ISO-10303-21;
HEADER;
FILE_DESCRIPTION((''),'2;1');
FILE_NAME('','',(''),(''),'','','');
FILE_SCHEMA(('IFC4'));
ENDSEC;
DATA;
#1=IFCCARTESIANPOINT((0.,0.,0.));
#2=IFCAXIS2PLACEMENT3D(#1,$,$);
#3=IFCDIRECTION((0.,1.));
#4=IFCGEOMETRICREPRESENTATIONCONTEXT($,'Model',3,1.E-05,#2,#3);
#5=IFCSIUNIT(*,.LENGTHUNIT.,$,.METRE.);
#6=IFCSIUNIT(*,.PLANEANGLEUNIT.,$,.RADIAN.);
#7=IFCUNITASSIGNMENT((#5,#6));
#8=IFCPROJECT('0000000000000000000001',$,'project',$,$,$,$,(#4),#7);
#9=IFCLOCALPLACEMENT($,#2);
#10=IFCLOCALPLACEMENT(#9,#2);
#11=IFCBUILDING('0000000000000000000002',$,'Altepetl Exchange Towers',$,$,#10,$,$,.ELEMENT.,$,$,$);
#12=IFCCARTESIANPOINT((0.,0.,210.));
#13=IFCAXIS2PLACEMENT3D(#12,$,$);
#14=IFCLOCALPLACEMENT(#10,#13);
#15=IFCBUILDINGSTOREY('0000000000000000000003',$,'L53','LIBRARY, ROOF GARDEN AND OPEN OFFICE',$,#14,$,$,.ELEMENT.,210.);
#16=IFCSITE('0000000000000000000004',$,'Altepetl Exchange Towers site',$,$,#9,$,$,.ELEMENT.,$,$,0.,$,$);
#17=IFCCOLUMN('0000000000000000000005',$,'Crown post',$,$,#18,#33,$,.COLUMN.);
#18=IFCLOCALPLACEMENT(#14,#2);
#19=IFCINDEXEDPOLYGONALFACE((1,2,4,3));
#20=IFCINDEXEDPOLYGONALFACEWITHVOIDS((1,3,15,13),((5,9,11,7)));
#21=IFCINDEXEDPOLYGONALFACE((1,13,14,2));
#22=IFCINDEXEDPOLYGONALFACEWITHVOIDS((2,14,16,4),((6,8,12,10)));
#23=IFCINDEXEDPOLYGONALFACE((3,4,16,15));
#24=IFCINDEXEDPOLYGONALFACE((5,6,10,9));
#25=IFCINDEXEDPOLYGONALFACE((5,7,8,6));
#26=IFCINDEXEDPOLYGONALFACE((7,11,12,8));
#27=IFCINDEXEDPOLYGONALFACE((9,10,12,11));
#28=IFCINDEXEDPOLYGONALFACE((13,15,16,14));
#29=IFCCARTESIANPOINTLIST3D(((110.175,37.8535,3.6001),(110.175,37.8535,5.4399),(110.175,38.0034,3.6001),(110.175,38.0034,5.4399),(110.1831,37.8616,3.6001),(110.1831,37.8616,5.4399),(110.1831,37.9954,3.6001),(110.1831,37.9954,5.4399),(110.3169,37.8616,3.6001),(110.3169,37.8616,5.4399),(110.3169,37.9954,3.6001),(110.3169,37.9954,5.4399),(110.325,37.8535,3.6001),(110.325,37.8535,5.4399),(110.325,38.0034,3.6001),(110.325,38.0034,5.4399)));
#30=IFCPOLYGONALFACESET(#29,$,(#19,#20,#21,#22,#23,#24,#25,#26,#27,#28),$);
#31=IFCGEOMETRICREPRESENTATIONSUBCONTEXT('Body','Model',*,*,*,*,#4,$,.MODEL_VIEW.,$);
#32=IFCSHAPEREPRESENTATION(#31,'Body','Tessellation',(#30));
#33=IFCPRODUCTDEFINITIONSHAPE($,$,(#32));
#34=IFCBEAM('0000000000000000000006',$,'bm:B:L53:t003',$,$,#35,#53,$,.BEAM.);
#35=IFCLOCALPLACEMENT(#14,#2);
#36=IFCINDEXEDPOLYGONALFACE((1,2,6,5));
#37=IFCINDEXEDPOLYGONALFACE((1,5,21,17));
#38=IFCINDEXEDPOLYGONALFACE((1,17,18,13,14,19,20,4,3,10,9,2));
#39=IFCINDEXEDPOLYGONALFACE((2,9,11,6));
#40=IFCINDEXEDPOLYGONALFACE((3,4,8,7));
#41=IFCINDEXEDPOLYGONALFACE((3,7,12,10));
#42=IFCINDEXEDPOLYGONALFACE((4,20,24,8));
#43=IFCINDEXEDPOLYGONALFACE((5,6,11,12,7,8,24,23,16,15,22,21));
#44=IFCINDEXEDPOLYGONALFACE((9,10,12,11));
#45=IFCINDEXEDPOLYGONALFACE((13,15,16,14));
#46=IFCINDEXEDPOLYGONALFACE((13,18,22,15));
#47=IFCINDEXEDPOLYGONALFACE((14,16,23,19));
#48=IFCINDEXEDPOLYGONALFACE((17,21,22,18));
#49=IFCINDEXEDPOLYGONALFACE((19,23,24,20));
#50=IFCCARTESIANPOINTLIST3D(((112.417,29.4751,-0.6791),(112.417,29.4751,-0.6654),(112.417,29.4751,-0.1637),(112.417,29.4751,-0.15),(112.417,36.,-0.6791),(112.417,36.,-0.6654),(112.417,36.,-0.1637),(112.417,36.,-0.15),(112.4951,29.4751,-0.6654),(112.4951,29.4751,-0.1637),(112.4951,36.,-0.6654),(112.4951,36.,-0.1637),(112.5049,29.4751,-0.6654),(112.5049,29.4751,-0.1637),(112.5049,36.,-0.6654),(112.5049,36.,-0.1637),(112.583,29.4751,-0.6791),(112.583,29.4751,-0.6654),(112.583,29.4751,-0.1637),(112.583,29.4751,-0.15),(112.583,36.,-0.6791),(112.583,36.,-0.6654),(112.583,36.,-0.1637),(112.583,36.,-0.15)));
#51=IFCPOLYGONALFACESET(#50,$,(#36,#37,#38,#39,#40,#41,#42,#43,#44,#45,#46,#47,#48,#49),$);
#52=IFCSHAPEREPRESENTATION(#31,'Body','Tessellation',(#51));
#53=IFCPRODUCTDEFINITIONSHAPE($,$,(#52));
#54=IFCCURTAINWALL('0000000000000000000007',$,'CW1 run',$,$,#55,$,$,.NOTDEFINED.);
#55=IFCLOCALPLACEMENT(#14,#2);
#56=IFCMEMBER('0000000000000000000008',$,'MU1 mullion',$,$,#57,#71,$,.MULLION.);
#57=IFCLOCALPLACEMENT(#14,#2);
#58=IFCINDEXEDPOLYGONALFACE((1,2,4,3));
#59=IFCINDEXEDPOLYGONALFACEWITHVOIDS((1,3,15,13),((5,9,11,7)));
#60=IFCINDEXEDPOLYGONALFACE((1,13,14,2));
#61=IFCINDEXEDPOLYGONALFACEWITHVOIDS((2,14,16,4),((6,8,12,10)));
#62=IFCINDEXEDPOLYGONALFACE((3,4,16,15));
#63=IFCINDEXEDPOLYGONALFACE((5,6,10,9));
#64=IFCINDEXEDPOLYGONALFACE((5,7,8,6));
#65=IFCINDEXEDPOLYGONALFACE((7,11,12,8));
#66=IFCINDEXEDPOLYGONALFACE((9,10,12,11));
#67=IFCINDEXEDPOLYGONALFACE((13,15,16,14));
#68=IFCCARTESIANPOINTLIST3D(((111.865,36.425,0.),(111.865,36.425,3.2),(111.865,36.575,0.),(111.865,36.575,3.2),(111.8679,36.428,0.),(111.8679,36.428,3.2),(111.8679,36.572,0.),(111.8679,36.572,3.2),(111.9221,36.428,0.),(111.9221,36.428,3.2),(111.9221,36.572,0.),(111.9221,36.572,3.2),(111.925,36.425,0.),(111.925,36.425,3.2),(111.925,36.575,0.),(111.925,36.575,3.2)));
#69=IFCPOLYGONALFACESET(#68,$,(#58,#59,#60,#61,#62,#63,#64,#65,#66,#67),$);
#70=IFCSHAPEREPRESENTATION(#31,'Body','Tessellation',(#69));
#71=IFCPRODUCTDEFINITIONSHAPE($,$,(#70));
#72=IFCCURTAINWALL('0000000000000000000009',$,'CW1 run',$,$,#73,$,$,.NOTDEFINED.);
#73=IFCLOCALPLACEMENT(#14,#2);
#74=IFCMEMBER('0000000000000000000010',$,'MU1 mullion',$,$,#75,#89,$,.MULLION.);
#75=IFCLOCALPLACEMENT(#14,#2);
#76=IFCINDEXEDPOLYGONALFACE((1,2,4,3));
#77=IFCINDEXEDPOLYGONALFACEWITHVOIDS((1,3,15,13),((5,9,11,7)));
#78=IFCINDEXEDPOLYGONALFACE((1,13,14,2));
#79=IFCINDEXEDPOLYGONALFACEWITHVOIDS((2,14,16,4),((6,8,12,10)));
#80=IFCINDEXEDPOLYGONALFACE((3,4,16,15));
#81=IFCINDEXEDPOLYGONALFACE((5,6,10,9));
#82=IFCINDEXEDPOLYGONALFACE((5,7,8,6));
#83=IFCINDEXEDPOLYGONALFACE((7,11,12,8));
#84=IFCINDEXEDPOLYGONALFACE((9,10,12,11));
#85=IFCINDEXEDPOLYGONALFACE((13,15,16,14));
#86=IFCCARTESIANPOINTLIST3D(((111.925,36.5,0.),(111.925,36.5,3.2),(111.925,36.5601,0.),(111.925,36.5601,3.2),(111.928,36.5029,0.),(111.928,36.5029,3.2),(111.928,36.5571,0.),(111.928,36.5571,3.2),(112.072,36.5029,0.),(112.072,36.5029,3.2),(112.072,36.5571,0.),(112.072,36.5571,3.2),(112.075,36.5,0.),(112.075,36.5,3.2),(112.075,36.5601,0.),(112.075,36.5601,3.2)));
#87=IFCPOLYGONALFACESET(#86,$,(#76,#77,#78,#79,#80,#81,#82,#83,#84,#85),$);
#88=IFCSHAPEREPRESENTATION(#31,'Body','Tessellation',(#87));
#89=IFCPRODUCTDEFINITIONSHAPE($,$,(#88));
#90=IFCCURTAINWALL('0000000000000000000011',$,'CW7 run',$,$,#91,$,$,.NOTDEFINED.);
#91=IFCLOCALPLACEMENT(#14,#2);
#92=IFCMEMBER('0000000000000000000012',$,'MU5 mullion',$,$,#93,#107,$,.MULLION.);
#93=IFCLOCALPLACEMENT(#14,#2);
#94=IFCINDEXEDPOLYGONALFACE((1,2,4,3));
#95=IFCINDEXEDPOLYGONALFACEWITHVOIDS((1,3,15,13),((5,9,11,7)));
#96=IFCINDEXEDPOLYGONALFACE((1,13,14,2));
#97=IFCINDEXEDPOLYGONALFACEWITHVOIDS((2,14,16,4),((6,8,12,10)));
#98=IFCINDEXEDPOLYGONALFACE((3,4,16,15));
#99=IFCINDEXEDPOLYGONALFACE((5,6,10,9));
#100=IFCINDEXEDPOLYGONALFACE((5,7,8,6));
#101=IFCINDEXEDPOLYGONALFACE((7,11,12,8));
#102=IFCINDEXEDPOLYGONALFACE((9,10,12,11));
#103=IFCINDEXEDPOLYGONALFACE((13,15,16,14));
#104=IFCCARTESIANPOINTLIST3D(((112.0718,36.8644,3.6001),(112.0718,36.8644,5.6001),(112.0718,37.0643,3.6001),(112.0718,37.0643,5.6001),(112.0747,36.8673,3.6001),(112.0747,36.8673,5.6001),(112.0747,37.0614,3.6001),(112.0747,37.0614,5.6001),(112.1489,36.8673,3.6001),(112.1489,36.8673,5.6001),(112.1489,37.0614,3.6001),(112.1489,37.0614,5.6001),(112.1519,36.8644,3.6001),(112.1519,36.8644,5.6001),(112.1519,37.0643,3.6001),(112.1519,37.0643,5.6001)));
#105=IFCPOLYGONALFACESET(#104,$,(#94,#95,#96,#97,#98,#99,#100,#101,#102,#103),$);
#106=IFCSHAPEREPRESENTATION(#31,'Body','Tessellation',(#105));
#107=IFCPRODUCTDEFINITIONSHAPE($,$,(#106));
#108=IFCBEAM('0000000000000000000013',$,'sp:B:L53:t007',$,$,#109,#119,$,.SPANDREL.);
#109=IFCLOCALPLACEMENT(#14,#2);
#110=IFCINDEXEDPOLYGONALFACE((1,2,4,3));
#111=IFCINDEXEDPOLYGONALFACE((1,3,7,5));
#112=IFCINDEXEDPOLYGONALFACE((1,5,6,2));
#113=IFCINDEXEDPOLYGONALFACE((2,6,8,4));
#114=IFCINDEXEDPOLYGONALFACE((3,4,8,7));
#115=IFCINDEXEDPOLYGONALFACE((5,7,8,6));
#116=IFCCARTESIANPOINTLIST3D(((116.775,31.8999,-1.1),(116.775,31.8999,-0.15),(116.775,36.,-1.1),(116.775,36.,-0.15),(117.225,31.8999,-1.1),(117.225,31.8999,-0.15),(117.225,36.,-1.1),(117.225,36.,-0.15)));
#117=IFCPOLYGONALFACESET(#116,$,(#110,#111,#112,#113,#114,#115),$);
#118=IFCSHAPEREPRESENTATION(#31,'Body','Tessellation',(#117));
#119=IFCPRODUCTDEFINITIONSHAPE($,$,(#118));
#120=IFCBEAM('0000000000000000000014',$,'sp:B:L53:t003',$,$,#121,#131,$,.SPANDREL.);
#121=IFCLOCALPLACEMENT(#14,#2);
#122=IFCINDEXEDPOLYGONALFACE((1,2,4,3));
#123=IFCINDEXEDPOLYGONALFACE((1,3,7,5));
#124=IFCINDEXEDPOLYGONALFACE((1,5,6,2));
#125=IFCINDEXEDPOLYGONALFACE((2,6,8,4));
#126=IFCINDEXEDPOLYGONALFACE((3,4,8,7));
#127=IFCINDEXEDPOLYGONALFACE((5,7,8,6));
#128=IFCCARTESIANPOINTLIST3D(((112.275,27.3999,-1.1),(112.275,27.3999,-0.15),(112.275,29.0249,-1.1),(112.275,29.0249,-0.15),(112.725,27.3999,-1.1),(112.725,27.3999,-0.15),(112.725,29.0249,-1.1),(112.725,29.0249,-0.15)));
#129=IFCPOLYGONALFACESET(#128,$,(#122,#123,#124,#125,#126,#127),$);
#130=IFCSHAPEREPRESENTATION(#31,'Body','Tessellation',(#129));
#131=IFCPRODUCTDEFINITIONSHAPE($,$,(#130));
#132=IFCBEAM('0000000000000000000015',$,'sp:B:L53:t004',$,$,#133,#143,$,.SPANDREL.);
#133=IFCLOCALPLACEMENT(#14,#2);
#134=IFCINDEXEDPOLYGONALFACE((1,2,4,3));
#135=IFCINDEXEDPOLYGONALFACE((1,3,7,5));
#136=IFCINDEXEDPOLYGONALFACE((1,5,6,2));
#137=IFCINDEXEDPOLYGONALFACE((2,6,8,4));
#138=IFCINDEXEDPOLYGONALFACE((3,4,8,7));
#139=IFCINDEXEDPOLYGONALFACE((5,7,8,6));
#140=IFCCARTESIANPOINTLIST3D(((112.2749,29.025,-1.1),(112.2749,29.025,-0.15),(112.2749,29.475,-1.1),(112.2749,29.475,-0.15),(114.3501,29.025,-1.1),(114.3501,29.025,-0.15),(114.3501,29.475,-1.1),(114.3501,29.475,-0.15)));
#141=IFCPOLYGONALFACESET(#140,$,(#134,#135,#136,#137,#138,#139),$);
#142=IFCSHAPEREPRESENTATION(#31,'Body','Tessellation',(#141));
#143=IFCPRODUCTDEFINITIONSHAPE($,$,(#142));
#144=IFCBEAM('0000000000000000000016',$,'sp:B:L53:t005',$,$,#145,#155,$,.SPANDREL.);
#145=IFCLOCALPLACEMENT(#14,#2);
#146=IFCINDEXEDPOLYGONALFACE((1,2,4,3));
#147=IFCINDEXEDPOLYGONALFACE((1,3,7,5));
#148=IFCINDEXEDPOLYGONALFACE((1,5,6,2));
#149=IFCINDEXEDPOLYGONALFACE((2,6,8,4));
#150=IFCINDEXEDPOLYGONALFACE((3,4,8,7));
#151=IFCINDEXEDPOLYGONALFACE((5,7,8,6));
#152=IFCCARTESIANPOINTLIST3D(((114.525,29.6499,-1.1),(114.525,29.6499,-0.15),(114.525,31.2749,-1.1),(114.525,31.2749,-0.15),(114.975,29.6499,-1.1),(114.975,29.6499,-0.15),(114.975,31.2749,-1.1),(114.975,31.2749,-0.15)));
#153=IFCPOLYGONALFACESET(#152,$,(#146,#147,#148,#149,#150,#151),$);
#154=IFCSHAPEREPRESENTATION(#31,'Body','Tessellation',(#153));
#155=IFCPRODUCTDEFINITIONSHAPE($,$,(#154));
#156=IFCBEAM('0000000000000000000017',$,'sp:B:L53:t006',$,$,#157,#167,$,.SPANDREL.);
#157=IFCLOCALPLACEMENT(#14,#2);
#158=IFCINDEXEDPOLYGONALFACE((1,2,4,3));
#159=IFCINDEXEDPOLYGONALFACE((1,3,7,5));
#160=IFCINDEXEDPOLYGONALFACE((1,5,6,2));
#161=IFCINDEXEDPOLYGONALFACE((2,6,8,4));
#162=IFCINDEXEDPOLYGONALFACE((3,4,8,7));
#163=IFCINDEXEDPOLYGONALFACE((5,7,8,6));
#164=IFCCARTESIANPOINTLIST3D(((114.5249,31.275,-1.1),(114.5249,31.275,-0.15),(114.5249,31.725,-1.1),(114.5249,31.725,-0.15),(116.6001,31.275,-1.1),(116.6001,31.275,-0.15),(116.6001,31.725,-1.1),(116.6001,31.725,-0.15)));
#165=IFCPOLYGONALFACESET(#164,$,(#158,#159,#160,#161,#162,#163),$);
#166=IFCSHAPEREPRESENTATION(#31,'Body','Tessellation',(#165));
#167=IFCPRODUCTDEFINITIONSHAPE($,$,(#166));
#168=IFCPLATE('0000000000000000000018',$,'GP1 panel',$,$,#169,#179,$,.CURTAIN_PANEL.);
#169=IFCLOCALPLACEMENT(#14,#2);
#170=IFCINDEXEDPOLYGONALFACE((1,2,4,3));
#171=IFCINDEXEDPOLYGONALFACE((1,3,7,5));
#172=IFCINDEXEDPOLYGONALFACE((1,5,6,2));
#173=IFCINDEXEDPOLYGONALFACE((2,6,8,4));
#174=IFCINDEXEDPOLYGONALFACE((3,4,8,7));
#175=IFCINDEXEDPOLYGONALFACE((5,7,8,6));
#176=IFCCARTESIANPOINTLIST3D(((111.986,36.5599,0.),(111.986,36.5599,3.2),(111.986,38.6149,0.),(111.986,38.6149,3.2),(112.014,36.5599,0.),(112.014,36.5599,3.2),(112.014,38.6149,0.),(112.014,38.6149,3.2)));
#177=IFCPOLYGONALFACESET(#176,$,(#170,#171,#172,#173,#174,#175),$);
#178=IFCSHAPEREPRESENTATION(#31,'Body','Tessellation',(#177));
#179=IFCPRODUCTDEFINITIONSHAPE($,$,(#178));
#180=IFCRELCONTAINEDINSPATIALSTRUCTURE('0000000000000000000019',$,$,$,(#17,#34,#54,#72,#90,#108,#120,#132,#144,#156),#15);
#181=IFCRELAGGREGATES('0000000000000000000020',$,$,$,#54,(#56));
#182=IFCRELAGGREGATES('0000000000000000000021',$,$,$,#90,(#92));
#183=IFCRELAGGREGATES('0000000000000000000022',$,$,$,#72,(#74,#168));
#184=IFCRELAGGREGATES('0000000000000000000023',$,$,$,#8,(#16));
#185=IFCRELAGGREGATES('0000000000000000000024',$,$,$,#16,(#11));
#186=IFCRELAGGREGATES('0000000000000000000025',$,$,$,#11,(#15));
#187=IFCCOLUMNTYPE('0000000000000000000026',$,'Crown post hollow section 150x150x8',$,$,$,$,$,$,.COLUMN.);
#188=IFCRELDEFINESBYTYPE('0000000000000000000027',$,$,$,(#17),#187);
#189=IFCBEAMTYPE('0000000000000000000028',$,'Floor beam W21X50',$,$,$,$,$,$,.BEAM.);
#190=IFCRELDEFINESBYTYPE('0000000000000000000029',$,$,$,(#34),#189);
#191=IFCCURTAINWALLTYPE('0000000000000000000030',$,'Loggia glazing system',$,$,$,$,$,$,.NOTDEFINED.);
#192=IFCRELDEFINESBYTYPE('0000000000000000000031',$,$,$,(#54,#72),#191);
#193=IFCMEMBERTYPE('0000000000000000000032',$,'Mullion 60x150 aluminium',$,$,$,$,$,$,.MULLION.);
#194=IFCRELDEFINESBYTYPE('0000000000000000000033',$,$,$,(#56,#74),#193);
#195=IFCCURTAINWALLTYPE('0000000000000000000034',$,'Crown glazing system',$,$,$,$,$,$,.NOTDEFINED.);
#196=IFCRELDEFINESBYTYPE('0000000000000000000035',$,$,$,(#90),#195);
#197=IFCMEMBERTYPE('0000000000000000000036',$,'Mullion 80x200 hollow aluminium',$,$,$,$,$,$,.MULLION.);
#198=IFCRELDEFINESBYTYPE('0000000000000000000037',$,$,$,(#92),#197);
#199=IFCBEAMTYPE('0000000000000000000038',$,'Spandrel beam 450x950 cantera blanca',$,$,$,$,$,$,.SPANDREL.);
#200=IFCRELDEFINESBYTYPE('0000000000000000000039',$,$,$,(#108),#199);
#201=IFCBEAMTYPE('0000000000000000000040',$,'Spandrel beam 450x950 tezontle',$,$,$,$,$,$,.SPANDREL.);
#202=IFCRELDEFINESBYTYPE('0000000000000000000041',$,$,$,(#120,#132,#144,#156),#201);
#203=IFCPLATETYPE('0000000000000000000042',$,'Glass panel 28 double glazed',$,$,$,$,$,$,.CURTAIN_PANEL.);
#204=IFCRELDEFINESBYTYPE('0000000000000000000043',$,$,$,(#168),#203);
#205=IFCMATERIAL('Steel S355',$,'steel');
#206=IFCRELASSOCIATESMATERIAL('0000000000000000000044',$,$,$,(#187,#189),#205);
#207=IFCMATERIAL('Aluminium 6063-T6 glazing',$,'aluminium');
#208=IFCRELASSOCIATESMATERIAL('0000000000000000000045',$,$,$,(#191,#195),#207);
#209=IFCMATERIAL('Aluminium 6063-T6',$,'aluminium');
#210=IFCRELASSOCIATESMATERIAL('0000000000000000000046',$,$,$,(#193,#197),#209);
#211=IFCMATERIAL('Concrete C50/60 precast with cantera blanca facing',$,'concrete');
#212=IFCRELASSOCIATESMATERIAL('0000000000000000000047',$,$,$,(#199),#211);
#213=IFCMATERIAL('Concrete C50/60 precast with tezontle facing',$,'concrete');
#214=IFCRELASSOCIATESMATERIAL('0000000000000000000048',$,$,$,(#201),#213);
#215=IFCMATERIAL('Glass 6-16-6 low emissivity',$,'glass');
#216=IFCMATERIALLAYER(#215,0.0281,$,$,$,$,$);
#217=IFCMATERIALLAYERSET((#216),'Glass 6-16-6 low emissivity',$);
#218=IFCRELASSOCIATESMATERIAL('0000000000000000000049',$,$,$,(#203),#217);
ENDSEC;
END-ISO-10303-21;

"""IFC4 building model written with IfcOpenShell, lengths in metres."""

from ifc_helpers import new_model, si_unit, direction, frame, origin, origin_2d, place, context, subcontext, project, spatial, rectangle, hollow_rectangle, i_section, extrude, material, layer, layer_set, material_profile, profile_set, type_object, element, aggregate, save


model = new_model("IFC4")

# Units and contexts
model_context = context("Model", 3, precision=1e-05, world=origin(), true_north=direction((0.0, 1.0)))
body_context = subcontext(model_context, "Body", "Model", "MODEL_VIEW")
ifc_project = project(units=[si_unit("LENGTHUNIT", "METRE"), si_unit("PLANEANGLEUNIT", "RADIAN")], contexts=[model_context])

# Site, building, storey
site_placement = place(None, origin())
site = spatial("IfcSite", under=ifc_project, at=site_placement, Name="Altepetl Exchange Towers site", CompositionType="ELEMENT", RefElevation=0.0)
building_placement = place(site_placement, origin())
building = spatial("IfcBuilding", under=site, at=building_placement, Name="Altepetl Exchange Towers", CompositionType="ELEMENT")
storey_placement = place(building_placement, frame((0.0, 0.0, 210.0)))
storey = spatial("IfcBuildingStorey", under=building, at=storey_placement, Name="L53", Description="LIBRARY, ROOF GARDEN AND OPEN OFFICE", CompositionType="ELEMENT", Elevation=210.0)

# Column
ifc_material_1 = material(Name="Steel S355", Category="steel")
ifc_material_profile_1 = material_profile(ifc_material_1, hollow_rectangle(XDim=0.1499, YDim=0.1499, WallThickness=0.0081, at=origin_2d()), Name="RHS 150x150x8")
ifc_profile_set_1 = profile_set([ifc_material_profile_1], Name="Steel S355")
column_type = type_object("IfcColumnType", Name="Crown post hollow section 150x150x8", PredefinedType="COLUMN", material=ifc_profile_set_1)
column_placement = place(storey_placement, frame((110.25, 37.9285, 3.6001)))
element("IfcColumn", 1, at=column_placement, inside=storey, type_object=column_type, Name="Crown post", PredefinedType="COLUMN", context=body_context, shape_type="SweptSolid", body=[
    extrude(hollow_rectangle(XDim=0.1499, YDim=0.1499, WallThickness=0.0081, at=origin_2d()), origin(), (0.0, 0.0, 1.0), 1.8398),
])

# Beam
ifc_material_profile_2 = material_profile(ifc_material_1, i_section(OverallWidth=0.166, OverallDepth=0.5291, WebThickness=0.0098, FlangeThickness=0.0137, at=origin_2d()), Name="W21X50")
ifc_profile_set_2 = profile_set([ifc_material_profile_2], Name="Steel S355")
beam_type_1 = type_object("IfcBeamType", Name="Floor beam W21X50", PredefinedType="BEAM", material=ifc_profile_set_2)
beam_1_placement = place(storey_placement, frame((112.5, 29.4751, -0.4146), z_axis=(0.0, 1.0, 0.0), x_axis=(-1.0, 0.0, 0.0)))
element("IfcBeam", 2, at=beam_1_placement, inside=storey, type_object=beam_type_1, Name="bm:B:L53:t003", PredefinedType="BEAM", context=body_context, shape_type="SweptSolid", body=[
    extrude(i_section(OverallWidth=0.166, OverallDepth=0.5291, WebThickness=0.0098, FlangeThickness=0.0137, at=origin_2d()), origin(), (0.0, 0.0, 1.0), 6.5249),
])

# Curtain walls, members
ifc_material_2 = material(Name="Aluminium 6063-T6 glazing", Category="aluminium")
curtain_wall_type_1 = type_object("IfcCurtainWallType", Name="Loggia glazing system", PredefinedType="NOTDEFINED", material=ifc_material_2)
curtain_wall_1_placement = place(storey_placement, origin())
curtain_wall_1 = element("IfcCurtainWall", 3, at=curtain_wall_1_placement, inside=storey, type_object=curtain_wall_type_1, Name="CW1 run", PredefinedType="NOTDEFINED")
ifc_material_3 = material(Name="Aluminium 6063-T6", Category="aluminium")
ifc_material_profile_3 = material_profile(ifc_material_3, hollow_rectangle(XDim=0.0601, YDim=0.1499, WallThickness=0.0029, at=origin_2d()), Name="Mullion 60x150 aluminium")
ifc_profile_set_3 = profile_set([ifc_material_profile_3], Name="Aluminium 6063-T6")
member_type_1 = type_object("IfcMemberType", Name="Mullion 60x150 aluminium", PredefinedType="MULLION", material=ifc_profile_set_3)
member_1_placement = place(storey_placement, frame((111.895, 36.5, 0.0)))
member_1 = element("IfcMember", 4, at=member_1_placement, type_object=member_type_1, Name="MU1 mullion", PredefinedType="MULLION", context=body_context, shape_type="SweptSolid", body=[
    extrude(hollow_rectangle(XDim=0.0601, YDim=0.1499, WallThickness=0.0029, at=origin_2d()), origin(), (0.0, 0.0, 1.0), 3.2),
])
aggregate(curtain_wall_1, [member_1])
curtain_wall_2_placement = place(storey_placement, origin())
curtain_wall_2 = element("IfcCurtainWall", 5, at=curtain_wall_2_placement, inside=storey, type_object=curtain_wall_type_1, Name="CW1 run", PredefinedType="NOTDEFINED")
member_2_placement = place(storey_placement, frame((112.0, 36.53, 0.0), z_axis=(0.0, 0.0, 1.0), x_axis=(0.0, 1.0, 0.0)))
member_2 = element("IfcMember", 6, at=member_2_placement, type_object=member_type_1, Name="MU1 mullion", PredefinedType="MULLION", context=body_context, shape_type="SweptSolid", body=[
    extrude(hollow_rectangle(XDim=0.0601, YDim=0.1499, WallThickness=0.0029, at=origin_2d()), origin(), (0.0, 0.0, 1.0), 3.2),
])
curtain_wall_type_2 = type_object("IfcCurtainWallType", Name="Crown glazing system", PredefinedType="NOTDEFINED", material=ifc_material_2)
curtain_wall_3_placement = place(storey_placement, origin())
curtain_wall_3 = element("IfcCurtainWall", 7, at=curtain_wall_3_placement, inside=storey, type_object=curtain_wall_type_2, Name="CW7 run", PredefinedType="NOTDEFINED")
ifc_material_profile_4 = material_profile(ifc_material_3, hollow_rectangle(XDim=0.0801, YDim=0.2, WallThickness=0.0029, at=origin_2d()), Name="Mullion 80x200 hollow aluminium")
ifc_profile_set_4 = profile_set([ifc_material_profile_4], Name="Aluminium 6063-T6")
member_type_2 = type_object("IfcMemberType", Name="Mullion 80x200 hollow aluminium", PredefinedType="MULLION", material=ifc_profile_set_4)
member_3_placement = place(storey_placement, frame((112.1118, 36.9644, 3.6001)))
member_3 = element("IfcMember", 8, at=member_3_placement, type_object=member_type_2, Name="MU5 mullion", PredefinedType="MULLION", context=body_context, shape_type="SweptSolid", body=[
    extrude(hollow_rectangle(XDim=0.0801, YDim=0.2, WallThickness=0.0029, at=origin_2d()), origin(), (0.0, 0.0, 1.0), 2.0),
])
aggregate(curtain_wall_3, [member_3])

# Beams
ifc_material_4 = material(Name="Concrete C50/60 precast with cantera blanca facing", Category="concrete")
ifc_material_profile_5 = material_profile(ifc_material_4, rectangle(XDim=0.45, YDim=0.95, at=origin_2d()), Name="450 x 950")
ifc_profile_set_5 = profile_set([ifc_material_profile_5], Name="Concrete C50/60 precast with cantera blanca facing")
beam_type_2 = type_object("IfcBeamType", Name="Spandrel beam 450x950 cantera blanca", PredefinedType="SPANDREL", material=ifc_profile_set_5)
beam_2_placement = place(storey_placement, frame((117.0, 31.8999, -0.625), z_axis=(0.0, 1.0, 0.0), x_axis=(-1.0, 0.0, 0.0)))
element("IfcBeam", 9, at=beam_2_placement, inside=storey, type_object=beam_type_2, Name="sp:B:L53:t007", PredefinedType="SPANDREL", context=body_context, shape_type="SweptSolid", body=[
    extrude(rectangle(XDim=0.45, YDim=0.95, at=origin_2d()), origin(), (0.0, 0.0, 1.0), 4.1001),
])
ifc_material_5 = material(Name="Concrete C50/60 precast with tezontle facing", Category="concrete")
ifc_material_profile_6 = material_profile(ifc_material_5, rectangle(XDim=0.45, YDim=0.95, at=origin_2d()), Name="450 x 950")
ifc_profile_set_6 = profile_set([ifc_material_profile_6], Name="Concrete C50/60 precast with tezontle facing")
beam_type_3 = type_object("IfcBeamType", Name="Spandrel beam 450x950 tezontle", PredefinedType="SPANDREL", material=ifc_profile_set_6)
beam_3_placement = place(storey_placement, frame((112.5, 27.3999, -0.625), z_axis=(0.0, 1.0, 0.0), x_axis=(-1.0, 0.0, 0.0)))
element("IfcBeam", 10, at=beam_3_placement, inside=storey, type_object=beam_type_3, Name="sp:B:L53:t003", PredefinedType="SPANDREL", context=body_context, shape_type="SweptSolid", body=[
    extrude(rectangle(XDim=0.45, YDim=0.95, at=origin_2d()), origin(), (0.0, 0.0, 1.0), 1.625),
])
beam_4_placement = place(storey_placement, frame((112.2749, 29.25, -0.625), z_axis=(1.0, 0.0, 0.0), x_axis=(0.0, 1.0, 0.0)))
element("IfcBeam", 11, at=beam_4_placement, inside=storey, type_object=beam_type_3, Name="sp:B:L53:t004", PredefinedType="SPANDREL", context=body_context, shape_type="SweptSolid", body=[
    extrude(rectangle(XDim=0.45, YDim=0.95, at=origin_2d()), origin(), (0.0, 0.0, 1.0), 2.0752),
])
beam_5_placement = place(storey_placement, frame((114.75, 29.6499, -0.625), z_axis=(0.0, 1.0, 0.0), x_axis=(-1.0, 0.0, 0.0)))
element("IfcBeam", 12, at=beam_5_placement, inside=storey, type_object=beam_type_3, Name="sp:B:L53:t005", PredefinedType="SPANDREL", context=body_context, shape_type="SweptSolid", body=[
    extrude(rectangle(XDim=0.45, YDim=0.95, at=origin_2d()), origin(), (0.0, 0.0, 1.0), 1.625),
])
beam_6_placement = place(storey_placement, frame((114.5249, 31.5, -0.625), z_axis=(1.0, 0.0, 0.0), x_axis=(0.0, 1.0, 0.0)))
element("IfcBeam", 13, at=beam_6_placement, inside=storey, type_object=beam_type_3, Name="sp:B:L53:t006", PredefinedType="SPANDREL", context=body_context, shape_type="SweptSolid", body=[
    extrude(rectangle(XDim=0.45, YDim=0.95, at=origin_2d()), origin(), (0.0, 0.0, 1.0), 2.0752),
])

# Plate
ifc_material_6 = material(Name="Glass 6-16-6 low emissivity", Category="glass")
ifc_layer_1 = layer(ifc_material_6, 0.0281)
ifc_layer_set_1 = layer_set([ifc_layer_1], Name="Glass 6-16-6 low emissivity")
plate_type = type_object("IfcPlateType", Name="Glass panel 28 double glazed", PredefinedType="CURTAIN_PANEL", material=ifc_layer_set_1)
plate_placement = place(storey_placement, frame((112.0, 37.5874, 0.0), z_axis=(0.0, 0.0, 1.0), x_axis=(0.0, 1.0, 0.0)))
plate = element("IfcPlate", 14, at=plate_placement, type_object=plate_type, Name="GP1 panel", PredefinedType="CURTAIN_PANEL", context=body_context, shape_type="SweptSolid", body=[
    extrude(rectangle(XDim=2.0549, YDim=0.0281, at=origin_2d()), origin(), (0.0, 0.0, 1.0), 3.2),
])
aggregate(curtain_wall_2, [member_2, plate])

save(model, "model.ifc")
